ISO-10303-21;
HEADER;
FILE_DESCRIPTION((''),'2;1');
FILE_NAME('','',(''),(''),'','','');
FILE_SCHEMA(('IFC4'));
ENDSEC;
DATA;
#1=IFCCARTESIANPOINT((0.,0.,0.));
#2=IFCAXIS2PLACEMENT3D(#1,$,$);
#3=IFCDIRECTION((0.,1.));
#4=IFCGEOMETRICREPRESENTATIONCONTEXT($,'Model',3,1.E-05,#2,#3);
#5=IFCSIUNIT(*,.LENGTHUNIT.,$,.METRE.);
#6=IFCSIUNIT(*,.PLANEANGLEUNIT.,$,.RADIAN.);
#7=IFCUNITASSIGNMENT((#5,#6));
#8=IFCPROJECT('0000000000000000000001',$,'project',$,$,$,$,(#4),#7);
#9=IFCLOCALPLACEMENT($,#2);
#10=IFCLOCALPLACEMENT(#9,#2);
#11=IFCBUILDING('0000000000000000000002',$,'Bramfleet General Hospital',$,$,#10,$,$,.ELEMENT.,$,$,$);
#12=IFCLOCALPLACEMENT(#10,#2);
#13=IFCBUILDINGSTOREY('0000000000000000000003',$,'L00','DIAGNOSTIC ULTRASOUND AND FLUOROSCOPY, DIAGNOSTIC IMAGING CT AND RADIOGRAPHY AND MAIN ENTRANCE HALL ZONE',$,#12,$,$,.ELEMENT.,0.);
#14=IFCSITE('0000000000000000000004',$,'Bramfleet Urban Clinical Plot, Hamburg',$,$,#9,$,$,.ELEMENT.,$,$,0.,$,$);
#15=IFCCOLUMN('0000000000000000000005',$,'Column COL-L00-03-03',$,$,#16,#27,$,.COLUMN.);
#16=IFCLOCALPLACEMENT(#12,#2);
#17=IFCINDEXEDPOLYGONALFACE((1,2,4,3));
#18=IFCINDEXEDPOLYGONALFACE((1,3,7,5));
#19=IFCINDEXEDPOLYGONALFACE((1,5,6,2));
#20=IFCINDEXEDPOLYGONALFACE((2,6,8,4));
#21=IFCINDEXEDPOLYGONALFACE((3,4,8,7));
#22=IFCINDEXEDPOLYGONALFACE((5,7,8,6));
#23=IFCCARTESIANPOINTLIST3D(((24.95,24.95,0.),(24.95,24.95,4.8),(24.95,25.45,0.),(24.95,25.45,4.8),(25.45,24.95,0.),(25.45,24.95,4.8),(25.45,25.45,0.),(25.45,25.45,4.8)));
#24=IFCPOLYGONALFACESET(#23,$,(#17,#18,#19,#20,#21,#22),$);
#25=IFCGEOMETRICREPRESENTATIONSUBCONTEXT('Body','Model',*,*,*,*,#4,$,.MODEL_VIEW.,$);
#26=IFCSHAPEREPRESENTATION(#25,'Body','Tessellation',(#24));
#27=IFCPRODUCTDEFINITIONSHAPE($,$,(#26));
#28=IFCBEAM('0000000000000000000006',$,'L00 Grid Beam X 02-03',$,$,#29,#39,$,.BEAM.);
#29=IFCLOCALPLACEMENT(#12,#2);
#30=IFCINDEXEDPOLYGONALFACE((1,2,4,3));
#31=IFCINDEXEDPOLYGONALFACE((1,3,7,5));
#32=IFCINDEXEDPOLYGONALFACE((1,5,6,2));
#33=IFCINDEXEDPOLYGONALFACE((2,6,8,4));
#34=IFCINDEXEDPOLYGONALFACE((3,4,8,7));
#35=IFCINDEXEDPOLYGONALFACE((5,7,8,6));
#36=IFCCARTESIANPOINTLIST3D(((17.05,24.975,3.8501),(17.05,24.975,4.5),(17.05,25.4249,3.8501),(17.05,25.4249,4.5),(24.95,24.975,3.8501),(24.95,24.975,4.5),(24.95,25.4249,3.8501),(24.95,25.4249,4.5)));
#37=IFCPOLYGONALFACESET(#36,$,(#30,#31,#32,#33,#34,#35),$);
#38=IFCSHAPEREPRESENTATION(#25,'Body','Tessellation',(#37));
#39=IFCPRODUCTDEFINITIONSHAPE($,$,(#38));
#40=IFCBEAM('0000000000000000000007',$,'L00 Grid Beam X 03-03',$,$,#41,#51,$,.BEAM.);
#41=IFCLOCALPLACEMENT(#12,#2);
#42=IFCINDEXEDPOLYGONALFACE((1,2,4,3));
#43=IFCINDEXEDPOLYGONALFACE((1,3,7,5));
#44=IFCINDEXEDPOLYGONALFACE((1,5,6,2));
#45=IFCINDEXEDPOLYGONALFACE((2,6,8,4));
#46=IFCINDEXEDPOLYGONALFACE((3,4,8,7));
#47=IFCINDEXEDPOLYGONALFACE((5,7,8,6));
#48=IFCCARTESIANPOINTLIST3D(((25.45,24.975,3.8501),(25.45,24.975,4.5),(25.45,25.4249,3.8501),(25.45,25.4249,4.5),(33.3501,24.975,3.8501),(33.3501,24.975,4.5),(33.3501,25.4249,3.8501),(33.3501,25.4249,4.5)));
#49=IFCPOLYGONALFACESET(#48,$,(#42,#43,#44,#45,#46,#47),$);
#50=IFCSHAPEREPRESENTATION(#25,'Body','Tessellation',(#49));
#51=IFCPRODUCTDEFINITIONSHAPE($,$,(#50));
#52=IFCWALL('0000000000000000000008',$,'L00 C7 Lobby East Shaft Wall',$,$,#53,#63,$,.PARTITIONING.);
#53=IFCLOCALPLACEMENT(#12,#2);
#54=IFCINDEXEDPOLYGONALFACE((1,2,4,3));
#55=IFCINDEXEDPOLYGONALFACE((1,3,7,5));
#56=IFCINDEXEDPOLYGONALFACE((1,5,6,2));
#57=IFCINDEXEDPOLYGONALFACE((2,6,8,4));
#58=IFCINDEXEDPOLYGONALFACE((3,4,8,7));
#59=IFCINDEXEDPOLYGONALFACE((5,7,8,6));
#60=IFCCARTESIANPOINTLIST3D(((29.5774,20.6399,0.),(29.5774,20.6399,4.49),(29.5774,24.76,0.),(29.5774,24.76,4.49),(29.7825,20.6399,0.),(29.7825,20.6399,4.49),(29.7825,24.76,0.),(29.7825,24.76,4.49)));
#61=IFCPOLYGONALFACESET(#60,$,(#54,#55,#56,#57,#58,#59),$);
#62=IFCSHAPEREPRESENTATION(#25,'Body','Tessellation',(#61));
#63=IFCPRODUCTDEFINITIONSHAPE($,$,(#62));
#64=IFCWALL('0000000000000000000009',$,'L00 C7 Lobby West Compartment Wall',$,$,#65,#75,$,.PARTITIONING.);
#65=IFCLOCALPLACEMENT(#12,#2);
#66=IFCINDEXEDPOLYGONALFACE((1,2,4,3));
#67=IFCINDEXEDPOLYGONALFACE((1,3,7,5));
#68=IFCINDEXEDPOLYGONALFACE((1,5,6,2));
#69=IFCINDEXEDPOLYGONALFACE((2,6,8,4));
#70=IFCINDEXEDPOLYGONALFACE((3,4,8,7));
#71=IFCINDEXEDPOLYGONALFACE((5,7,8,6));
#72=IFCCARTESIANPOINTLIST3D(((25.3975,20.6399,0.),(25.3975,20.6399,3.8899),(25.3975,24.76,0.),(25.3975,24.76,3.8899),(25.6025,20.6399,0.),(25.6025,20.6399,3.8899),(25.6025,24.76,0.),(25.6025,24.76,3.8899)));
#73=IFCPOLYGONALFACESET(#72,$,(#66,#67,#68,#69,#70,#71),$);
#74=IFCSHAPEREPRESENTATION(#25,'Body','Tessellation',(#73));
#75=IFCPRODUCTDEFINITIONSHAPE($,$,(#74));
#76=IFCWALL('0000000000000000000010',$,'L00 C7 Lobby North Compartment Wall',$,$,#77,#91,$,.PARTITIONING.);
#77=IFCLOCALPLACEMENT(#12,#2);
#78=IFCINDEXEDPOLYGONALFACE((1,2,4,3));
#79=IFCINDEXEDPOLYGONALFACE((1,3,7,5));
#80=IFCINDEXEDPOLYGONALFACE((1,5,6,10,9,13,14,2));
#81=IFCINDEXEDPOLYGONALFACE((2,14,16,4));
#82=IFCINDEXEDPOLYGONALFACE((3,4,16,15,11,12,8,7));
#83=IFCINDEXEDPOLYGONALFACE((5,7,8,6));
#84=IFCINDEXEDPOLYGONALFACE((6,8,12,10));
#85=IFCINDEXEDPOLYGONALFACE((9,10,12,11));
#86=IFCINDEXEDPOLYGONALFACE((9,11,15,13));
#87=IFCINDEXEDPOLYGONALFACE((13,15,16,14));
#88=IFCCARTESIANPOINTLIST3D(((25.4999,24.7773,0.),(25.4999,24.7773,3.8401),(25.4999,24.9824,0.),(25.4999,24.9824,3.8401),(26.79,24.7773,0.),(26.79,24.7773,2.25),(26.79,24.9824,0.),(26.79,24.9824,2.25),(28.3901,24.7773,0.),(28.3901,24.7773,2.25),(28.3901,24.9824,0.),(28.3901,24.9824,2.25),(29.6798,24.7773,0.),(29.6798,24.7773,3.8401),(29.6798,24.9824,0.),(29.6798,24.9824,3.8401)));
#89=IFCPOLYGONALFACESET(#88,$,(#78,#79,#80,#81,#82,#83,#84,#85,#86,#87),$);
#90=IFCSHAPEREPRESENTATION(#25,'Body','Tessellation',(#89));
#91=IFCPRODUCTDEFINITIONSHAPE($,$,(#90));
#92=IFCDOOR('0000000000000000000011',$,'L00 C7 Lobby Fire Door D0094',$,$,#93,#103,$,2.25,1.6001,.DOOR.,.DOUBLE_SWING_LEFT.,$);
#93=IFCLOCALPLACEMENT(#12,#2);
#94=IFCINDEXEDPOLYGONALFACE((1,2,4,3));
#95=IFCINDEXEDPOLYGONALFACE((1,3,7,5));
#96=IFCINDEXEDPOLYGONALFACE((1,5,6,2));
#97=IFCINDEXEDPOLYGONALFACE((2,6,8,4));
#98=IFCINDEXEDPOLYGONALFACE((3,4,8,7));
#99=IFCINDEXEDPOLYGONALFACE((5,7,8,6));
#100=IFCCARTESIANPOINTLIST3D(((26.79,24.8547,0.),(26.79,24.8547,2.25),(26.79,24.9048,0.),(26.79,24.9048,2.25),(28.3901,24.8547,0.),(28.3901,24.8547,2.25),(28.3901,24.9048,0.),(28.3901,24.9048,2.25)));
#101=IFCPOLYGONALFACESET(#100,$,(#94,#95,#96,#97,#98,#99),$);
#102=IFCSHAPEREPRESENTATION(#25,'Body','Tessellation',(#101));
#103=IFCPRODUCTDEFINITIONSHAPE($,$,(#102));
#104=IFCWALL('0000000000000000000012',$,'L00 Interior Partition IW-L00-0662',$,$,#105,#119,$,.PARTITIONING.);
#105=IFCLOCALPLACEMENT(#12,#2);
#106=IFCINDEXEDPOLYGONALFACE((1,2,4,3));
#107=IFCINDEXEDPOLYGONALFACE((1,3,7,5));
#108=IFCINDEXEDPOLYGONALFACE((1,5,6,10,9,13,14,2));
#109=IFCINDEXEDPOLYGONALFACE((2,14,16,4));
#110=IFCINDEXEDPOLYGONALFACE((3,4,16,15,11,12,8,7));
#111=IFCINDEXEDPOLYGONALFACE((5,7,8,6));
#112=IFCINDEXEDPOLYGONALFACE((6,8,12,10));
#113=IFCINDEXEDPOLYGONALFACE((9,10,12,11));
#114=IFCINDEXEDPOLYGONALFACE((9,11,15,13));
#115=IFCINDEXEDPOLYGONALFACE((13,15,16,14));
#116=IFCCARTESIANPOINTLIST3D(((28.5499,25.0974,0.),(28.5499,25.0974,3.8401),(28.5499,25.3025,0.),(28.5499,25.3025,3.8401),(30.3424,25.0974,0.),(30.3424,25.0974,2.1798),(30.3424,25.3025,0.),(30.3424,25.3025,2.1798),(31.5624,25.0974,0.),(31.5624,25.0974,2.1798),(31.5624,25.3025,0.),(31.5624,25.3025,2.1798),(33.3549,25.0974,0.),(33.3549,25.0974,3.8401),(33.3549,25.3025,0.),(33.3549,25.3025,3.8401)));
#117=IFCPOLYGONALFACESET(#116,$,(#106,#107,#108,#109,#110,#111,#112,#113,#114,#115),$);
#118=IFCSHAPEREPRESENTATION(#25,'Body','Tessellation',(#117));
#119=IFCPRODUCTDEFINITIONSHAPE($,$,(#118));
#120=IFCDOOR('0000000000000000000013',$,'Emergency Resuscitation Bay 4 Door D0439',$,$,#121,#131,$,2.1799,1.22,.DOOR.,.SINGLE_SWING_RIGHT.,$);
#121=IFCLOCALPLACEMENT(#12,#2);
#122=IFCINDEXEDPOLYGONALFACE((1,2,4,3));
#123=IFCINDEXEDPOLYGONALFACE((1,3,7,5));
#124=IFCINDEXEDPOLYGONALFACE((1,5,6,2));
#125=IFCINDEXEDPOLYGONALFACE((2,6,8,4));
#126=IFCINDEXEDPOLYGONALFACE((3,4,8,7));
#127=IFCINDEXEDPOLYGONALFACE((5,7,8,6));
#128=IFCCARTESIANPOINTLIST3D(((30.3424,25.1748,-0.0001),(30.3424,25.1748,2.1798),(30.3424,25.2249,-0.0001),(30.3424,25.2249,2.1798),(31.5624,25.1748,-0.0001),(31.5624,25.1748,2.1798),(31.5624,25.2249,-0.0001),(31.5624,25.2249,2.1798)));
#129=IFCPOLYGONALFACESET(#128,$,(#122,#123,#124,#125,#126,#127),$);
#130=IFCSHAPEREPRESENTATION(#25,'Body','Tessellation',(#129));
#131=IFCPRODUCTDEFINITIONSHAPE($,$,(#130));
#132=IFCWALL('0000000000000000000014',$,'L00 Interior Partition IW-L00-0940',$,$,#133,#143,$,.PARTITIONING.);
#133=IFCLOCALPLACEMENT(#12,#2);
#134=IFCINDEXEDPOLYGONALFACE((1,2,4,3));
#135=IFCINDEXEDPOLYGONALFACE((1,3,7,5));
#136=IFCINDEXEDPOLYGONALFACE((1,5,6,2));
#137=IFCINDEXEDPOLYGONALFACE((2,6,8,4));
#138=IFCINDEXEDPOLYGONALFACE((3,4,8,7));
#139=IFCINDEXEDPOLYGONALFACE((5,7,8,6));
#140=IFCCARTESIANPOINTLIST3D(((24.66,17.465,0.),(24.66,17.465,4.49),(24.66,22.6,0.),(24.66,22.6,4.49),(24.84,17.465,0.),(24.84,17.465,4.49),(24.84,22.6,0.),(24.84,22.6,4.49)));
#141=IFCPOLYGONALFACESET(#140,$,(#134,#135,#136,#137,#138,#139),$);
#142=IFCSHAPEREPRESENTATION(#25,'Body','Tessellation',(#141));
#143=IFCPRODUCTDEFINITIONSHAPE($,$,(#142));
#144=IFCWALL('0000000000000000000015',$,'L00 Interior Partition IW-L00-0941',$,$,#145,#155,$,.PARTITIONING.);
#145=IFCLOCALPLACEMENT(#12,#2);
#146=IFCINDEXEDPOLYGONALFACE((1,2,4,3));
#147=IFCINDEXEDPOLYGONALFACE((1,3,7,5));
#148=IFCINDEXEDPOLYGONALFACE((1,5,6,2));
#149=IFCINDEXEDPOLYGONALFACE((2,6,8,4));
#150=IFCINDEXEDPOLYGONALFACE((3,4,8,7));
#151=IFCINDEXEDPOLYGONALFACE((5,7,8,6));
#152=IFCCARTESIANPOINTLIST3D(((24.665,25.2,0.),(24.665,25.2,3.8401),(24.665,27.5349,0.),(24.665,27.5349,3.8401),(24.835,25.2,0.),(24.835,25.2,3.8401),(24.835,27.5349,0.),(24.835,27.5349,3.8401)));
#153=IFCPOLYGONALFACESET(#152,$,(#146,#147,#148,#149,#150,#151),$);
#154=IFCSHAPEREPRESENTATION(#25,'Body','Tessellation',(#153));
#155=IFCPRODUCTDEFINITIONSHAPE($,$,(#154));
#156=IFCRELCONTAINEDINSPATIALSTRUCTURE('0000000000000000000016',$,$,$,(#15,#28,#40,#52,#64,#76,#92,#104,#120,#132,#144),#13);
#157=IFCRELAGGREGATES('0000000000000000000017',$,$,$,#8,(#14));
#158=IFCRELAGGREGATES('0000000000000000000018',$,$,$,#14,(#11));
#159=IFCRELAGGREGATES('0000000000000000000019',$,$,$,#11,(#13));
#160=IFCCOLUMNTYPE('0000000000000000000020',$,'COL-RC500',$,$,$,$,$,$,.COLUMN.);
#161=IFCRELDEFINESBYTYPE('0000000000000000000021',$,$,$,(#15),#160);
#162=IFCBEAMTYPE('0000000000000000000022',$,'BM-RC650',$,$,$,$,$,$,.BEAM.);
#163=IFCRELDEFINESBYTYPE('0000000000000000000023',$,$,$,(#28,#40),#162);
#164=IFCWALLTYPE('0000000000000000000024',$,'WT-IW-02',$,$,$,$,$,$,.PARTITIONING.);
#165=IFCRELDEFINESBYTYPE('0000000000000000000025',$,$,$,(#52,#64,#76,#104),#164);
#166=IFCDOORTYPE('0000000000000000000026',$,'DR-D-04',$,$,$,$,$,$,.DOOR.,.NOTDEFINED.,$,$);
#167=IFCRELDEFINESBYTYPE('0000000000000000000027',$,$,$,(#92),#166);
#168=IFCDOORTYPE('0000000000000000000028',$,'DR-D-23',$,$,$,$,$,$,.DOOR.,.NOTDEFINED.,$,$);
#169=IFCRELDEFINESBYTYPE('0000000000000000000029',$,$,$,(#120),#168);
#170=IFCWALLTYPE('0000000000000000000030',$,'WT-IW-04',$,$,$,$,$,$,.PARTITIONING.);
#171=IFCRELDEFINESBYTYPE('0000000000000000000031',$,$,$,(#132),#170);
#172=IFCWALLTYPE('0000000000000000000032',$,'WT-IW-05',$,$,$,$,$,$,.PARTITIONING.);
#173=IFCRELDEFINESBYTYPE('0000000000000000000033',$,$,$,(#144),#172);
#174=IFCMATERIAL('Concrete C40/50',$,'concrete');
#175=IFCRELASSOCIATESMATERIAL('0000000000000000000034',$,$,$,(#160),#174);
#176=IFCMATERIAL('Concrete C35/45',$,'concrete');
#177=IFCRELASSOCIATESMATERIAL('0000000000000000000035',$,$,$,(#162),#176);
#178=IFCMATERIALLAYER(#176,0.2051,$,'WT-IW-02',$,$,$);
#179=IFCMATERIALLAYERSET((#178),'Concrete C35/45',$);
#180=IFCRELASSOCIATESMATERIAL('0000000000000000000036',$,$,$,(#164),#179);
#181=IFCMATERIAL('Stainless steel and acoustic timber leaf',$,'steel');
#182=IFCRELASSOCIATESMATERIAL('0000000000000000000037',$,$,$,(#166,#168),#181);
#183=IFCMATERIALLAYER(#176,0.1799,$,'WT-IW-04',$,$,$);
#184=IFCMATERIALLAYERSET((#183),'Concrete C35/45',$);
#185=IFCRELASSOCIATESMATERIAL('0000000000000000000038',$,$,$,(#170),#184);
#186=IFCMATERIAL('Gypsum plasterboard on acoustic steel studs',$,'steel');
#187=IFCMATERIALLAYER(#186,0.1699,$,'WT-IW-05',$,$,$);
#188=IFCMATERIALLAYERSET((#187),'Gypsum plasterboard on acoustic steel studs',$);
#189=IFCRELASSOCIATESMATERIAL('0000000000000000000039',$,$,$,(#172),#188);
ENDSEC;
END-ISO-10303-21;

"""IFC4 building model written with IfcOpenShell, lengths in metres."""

from ifc_helpers import new_model, si_unit, direction, frame, frame_2d, origin, origin_2d, place, context, subcontext, project, spatial, rectangle, extrude, material, layer, layer_set, material_profile, profile_set, type_object, element, fill, save


model = new_model("IFC4")

# Units and contexts
model_context = context("Model", 3, precision=1e-05, world=origin(), true_north=direction((0.0, 1.0)))
body_context = subcontext(model_context, "Body", "Model", "MODEL_VIEW")
ifc_project = project(units=[si_unit("LENGTHUNIT", "METRE"), si_unit("PLANEANGLEUNIT", "RADIAN")], contexts=[model_context])

# Site, building, storey
site_placement = place(None, origin())
site = spatial("IfcSite", under=ifc_project, at=site_placement, Name="Bramfleet Urban Clinical Plot, Hamburg", CompositionType="ELEMENT", RefElevation=0.0)
building_placement = place(site_placement, origin())
building = spatial("IfcBuilding", under=site, at=building_placement, Name="Bramfleet General Hospital", CompositionType="ELEMENT")
storey_placement = place(building_placement, origin())
storey = spatial("IfcBuildingStorey", under=building, at=storey_placement, Name="L00", Description="DIAGNOSTIC ULTRASOUND AND FLUOROSCOPY, DIAGNOSTIC IMAGING CT AND RADIOGRAPHY AND MAIN ENTRANCE HALL ZONE", CompositionType="ELEMENT", Elevation=0.0)

# Column
ifc_material_1 = material(Name="Concrete C40/50", Category="concrete")
ifc_material_profile_1 = material_profile(ifc_material_1, rectangle(XDim=0.5, YDim=0.5, at=origin_2d()), Name="RC COL 500x500")
ifc_profile_set_1 = profile_set([ifc_material_profile_1], Name="Concrete C40/50")
column_type = type_object("IfcColumnType", Name="COL-RC500", PredefinedType="COLUMN", material=ifc_profile_set_1)
column_placement = place(storey_placement, frame((25.2, 25.2, 0.0), z_axis=(0.0, 0.0, 1.0), x_axis=(1.0, 0.0, 0.0)))
element("IfcColumn", 1, at=column_placement, inside=storey, type_object=column_type, Name="Column COL-L00-03-03", PredefinedType="COLUMN", context=body_context, shape_type="SweptSolid", body=[
    extrude(rectangle(XDim=0.5, YDim=0.5, at=origin_2d()), origin(), (0.0, 0.0, 1.0), 4.8),
])

# Beams
ifc_material_2 = material(Name="Concrete C35/45", Category="concrete")
ifc_material_profile_2 = material_profile(ifc_material_2, rectangle(XDim=0.45, YDim=0.6499, at=origin_2d()), Name="RC BM 650x450")
ifc_profile_set_2 = profile_set([ifc_material_profile_2], Name="Concrete C35/45")
beam_type = type_object("IfcBeamType", Name="BM-RC650", PredefinedType="BEAM", material=ifc_profile_set_2)
beam_1_placement = place(storey_placement, frame((17.05, 25.2, 4.175), z_axis=(1.0, 0.0, 0.0), x_axis=(0.0, 1.0, 0.0)))
element("IfcBeam", 2, at=beam_1_placement, inside=storey, type_object=beam_type, Name="L00 Grid Beam X 02-03", PredefinedType="BEAM", context=body_context, shape_type="SweptSolid", body=[
    extrude(rectangle(XDim=0.45, YDim=0.6499, at=origin_2d()), origin(), (0.0, 0.0, 1.0), 7.8999),
])
beam_2_placement = place(storey_placement, frame((25.45, 25.2, 4.175), z_axis=(1.0, 0.0, 0.0), x_axis=(0.0, 1.0, 0.0)))
element("IfcBeam", 3, at=beam_2_placement, inside=storey, type_object=beam_type, Name="L00 Grid Beam X 03-03", PredefinedType="BEAM", context=body_context, shape_type="SweptSolid", body=[
    extrude(rectangle(XDim=0.45, YDim=0.6499, at=origin_2d()), origin(), (0.0, 0.0, 1.0), 7.9001),
])

# Walls
ifc_layer_1 = layer(ifc_material_2, 0.2051, Name="WT-IW-02")
ifc_layer_set_1 = layer_set([ifc_layer_1], Name="Concrete C35/45")
wall_type_1 = type_object("IfcWallType", Name="WT-IW-02", PredefinedType="PARTITIONING", material=ifc_layer_set_1)
wall_1_placement = place(storey_placement, frame((29.6799, 20.6399, 0.0), z_axis=(0.0, 0.0, 1.0), x_axis=(0.0, 1.0, 0.0)))
element("IfcWall", 4, at=wall_1_placement, inside=storey, type_object=wall_type_1, Name="L00 C7 Lobby East Shaft Wall", PredefinedType="PARTITIONING", context=body_context, shape_type="SweptSolid", body=[
    extrude(rectangle(XDim=4.1201, YDim=0.2051, at=frame_2d((2.0601, 0.0))), origin(), (0.0, 0.0, 1.0), 4.49),
])
wall_2_placement = place(storey_placement, frame((25.5, 20.6399, 0.0), z_axis=(0.0, 0.0, 1.0), x_axis=(0.0, 1.0, 0.0)))
element("IfcWall", 5, at=wall_2_placement, inside=storey, type_object=wall_type_1, Name="L00 C7 Lobby West Compartment Wall", PredefinedType="PARTITIONING", context=body_context, shape_type="SweptSolid", body=[
    extrude(rectangle(XDim=4.1201, YDim=0.2051, at=frame_2d((2.0601, 0.0))), origin(), (0.0, 0.0, 1.0), 3.8899),
])

# Walls, openings, doors
wall_3_placement = place(storey_placement, frame((25.5, 24.8799, 0.0), z_axis=(0.0, 0.0, 1.0), x_axis=(1.0, 0.0, 0.0)))
wall_3 = element("IfcWall", 6, at=wall_3_placement, inside=storey, type_object=wall_type_1, Name="L00 C7 Lobby North Compartment Wall", PredefinedType="PARTITIONING", context=body_context, shape_type="SweptSolid", body=[
    extrude(rectangle(XDim=4.1799, YDim=0.2051, at=frame_2d((2.0898, 0.0))), origin(), (0.0, 0.0, 1.0), 3.8401),
])
opening_1_placement = place(wall_3_placement, frame((1.29, 0.0, 0.0)))
opening_1 = element("IfcOpeningElement", 7, at=opening_1_placement, cuts=wall_3, PredefinedType="OPENING", context=body_context, shape_type="SweptSolid", body=[
    extrude(rectangle(XDim=1.6001, YDim=2.25, at=frame_2d((0.8, 1.125))), frame((0.0, 0.1125, 0.0), z_axis=(0.0, -1.0, 0.0), x_axis=(1.0, 0.0, 0.0)), (0.0, 0.0, 1.0), 0.2251),
])
ifc_material_3 = material(Name="Stainless steel and acoustic timber leaf", Category="steel")
door_type_1 = type_object("IfcDoorType", Name="DR-D-04", OperationType="NOTDEFINED", PredefinedType="DOOR", material=ifc_material_3)
door_1_placement = place(opening_1_placement, origin())
door_1 = element("IfcDoor", 8, at=door_1_placement, inside=storey, type_object=door_type_1, Name="L00 C7 Lobby Fire Door D0094", OperationType="DOUBLE_SWING_LEFT", OverallHeight=2.25, OverallWidth=1.6001, PredefinedType="DOOR", context=body_context, shape_type="SweptSolid", body=[
    extrude(rectangle(XDim=1.6001, YDim=2.25, at=frame_2d((0.8, 1.125))), frame((0.0, 0.0249, 0.0), z_axis=(0.0, -1.0, 0.0), x_axis=(1.0, 0.0, 0.0)), (0.0, 0.0, 1.0), 0.05),
])
fill(opening_1, door_1)
wall_4_placement = place(storey_placement, frame((28.55, 25.2, 0.0), z_axis=(0.0, 0.0, 1.0), x_axis=(1.0, 0.0, 0.0)))
wall_4 = element("IfcWall", 9, at=wall_4_placement, inside=storey, type_object=wall_type_1, Name="L00 Interior Partition IW-L00-0662", PredefinedType="PARTITIONING", context=body_context, shape_type="SweptSolid", body=[
    extrude(rectangle(XDim=4.8049, YDim=0.2051, at=frame_2d((2.4023, 0.0))), origin(), (0.0, 0.0, 1.0), 3.8401),
])
opening_2_placement = place(wall_4_placement, frame((1.7925, 0.0, 0.0)))
opening_2 = element("IfcOpeningElement", 10, at=opening_2_placement, cuts=wall_4, PredefinedType="OPENING", context=body_context, shape_type="SweptSolid", body=[
    extrude(rectangle(XDim=1.22, YDim=2.1799, at=frame_2d((0.6099, 1.0898))), frame((0.0, 0.1125, 0.0), z_axis=(0.0, -1.0, 0.0), x_axis=(1.0, 0.0, 0.0)), (0.0, 0.0, 1.0), 0.2251),
])
door_type_2 = type_object("IfcDoorType", Name="DR-D-23", OperationType="NOTDEFINED", PredefinedType="DOOR", material=ifc_material_3)
door_2_placement = place(opening_2_placement, origin())
door_2 = element("IfcDoor", 11, at=door_2_placement, inside=storey, type_object=door_type_2, Name="Emergency Resuscitation Bay 4 Door D0439", OperationType="SINGLE_SWING_RIGHT", OverallHeight=2.1799, OverallWidth=1.22, PredefinedType="DOOR", context=body_context, shape_type="SweptSolid", body=[
    extrude(rectangle(XDim=1.22, YDim=2.1799, at=frame_2d((0.6099, 1.0898))), frame((0.0, 0.0249, 0.0), z_axis=(0.0, -1.0, 0.0), x_axis=(1.0, 0.0, 0.0)), (0.0, 0.0, 1.0), 0.05),
])
fill(opening_2, door_2)

# Walls
ifc_layer_2 = layer(ifc_material_2, 0.1799, Name="WT-IW-04")
ifc_layer_set_2 = layer_set([ifc_layer_2], Name="Concrete C35/45")
wall_type_2 = type_object("IfcWallType", Name="WT-IW-04", PredefinedType="PARTITIONING", material=ifc_layer_set_2)
wall_5_placement = place(storey_placement, frame((24.75, 17.4651, 0.0), z_axis=(0.0, 0.0, 1.0), x_axis=(0.0, 1.0, 0.0)))
element("IfcWall", 12, at=wall_5_placement, inside=storey, type_object=wall_type_2, Name="L00 Interior Partition IW-L00-0940", PredefinedType="PARTITIONING", context=body_context, shape_type="SweptSolid", body=[
    extrude(rectangle(XDim=5.135, YDim=0.1799, at=frame_2d((2.5674, 0.0))), origin(), (0.0, 0.0, 1.0), 4.49),
])
ifc_material_4 = material(Name="Gypsum plasterboard on acoustic steel studs", Category="steel")
ifc_layer_3 = layer(ifc_material_4, 0.1699, Name="WT-IW-05")
ifc_layer_set_3 = layer_set([ifc_layer_3], Name="Gypsum plasterboard on acoustic steel studs")
wall_type_3 = type_object("IfcWallType", Name="WT-IW-05", PredefinedType="PARTITIONING", material=ifc_layer_set_3)
wall_6_placement = place(storey_placement, frame((24.75, 25.2, 0.0), z_axis=(0.0, 0.0, 1.0), x_axis=(0.0, 1.0, 0.0)))
element("IfcWall", 13, at=wall_6_placement, inside=storey, type_object=wall_type_3, Name="L00 Interior Partition IW-L00-0941", PredefinedType="PARTITIONING", context=body_context, shape_type="SweptSolid", body=[
    extrude(rectangle(XDim=2.335, YDim=0.1699, at=frame_2d((1.1675, 0.0))), origin(), (0.0, 0.0, 1.0), 3.8401),
])

save(model, "model.ifc")
